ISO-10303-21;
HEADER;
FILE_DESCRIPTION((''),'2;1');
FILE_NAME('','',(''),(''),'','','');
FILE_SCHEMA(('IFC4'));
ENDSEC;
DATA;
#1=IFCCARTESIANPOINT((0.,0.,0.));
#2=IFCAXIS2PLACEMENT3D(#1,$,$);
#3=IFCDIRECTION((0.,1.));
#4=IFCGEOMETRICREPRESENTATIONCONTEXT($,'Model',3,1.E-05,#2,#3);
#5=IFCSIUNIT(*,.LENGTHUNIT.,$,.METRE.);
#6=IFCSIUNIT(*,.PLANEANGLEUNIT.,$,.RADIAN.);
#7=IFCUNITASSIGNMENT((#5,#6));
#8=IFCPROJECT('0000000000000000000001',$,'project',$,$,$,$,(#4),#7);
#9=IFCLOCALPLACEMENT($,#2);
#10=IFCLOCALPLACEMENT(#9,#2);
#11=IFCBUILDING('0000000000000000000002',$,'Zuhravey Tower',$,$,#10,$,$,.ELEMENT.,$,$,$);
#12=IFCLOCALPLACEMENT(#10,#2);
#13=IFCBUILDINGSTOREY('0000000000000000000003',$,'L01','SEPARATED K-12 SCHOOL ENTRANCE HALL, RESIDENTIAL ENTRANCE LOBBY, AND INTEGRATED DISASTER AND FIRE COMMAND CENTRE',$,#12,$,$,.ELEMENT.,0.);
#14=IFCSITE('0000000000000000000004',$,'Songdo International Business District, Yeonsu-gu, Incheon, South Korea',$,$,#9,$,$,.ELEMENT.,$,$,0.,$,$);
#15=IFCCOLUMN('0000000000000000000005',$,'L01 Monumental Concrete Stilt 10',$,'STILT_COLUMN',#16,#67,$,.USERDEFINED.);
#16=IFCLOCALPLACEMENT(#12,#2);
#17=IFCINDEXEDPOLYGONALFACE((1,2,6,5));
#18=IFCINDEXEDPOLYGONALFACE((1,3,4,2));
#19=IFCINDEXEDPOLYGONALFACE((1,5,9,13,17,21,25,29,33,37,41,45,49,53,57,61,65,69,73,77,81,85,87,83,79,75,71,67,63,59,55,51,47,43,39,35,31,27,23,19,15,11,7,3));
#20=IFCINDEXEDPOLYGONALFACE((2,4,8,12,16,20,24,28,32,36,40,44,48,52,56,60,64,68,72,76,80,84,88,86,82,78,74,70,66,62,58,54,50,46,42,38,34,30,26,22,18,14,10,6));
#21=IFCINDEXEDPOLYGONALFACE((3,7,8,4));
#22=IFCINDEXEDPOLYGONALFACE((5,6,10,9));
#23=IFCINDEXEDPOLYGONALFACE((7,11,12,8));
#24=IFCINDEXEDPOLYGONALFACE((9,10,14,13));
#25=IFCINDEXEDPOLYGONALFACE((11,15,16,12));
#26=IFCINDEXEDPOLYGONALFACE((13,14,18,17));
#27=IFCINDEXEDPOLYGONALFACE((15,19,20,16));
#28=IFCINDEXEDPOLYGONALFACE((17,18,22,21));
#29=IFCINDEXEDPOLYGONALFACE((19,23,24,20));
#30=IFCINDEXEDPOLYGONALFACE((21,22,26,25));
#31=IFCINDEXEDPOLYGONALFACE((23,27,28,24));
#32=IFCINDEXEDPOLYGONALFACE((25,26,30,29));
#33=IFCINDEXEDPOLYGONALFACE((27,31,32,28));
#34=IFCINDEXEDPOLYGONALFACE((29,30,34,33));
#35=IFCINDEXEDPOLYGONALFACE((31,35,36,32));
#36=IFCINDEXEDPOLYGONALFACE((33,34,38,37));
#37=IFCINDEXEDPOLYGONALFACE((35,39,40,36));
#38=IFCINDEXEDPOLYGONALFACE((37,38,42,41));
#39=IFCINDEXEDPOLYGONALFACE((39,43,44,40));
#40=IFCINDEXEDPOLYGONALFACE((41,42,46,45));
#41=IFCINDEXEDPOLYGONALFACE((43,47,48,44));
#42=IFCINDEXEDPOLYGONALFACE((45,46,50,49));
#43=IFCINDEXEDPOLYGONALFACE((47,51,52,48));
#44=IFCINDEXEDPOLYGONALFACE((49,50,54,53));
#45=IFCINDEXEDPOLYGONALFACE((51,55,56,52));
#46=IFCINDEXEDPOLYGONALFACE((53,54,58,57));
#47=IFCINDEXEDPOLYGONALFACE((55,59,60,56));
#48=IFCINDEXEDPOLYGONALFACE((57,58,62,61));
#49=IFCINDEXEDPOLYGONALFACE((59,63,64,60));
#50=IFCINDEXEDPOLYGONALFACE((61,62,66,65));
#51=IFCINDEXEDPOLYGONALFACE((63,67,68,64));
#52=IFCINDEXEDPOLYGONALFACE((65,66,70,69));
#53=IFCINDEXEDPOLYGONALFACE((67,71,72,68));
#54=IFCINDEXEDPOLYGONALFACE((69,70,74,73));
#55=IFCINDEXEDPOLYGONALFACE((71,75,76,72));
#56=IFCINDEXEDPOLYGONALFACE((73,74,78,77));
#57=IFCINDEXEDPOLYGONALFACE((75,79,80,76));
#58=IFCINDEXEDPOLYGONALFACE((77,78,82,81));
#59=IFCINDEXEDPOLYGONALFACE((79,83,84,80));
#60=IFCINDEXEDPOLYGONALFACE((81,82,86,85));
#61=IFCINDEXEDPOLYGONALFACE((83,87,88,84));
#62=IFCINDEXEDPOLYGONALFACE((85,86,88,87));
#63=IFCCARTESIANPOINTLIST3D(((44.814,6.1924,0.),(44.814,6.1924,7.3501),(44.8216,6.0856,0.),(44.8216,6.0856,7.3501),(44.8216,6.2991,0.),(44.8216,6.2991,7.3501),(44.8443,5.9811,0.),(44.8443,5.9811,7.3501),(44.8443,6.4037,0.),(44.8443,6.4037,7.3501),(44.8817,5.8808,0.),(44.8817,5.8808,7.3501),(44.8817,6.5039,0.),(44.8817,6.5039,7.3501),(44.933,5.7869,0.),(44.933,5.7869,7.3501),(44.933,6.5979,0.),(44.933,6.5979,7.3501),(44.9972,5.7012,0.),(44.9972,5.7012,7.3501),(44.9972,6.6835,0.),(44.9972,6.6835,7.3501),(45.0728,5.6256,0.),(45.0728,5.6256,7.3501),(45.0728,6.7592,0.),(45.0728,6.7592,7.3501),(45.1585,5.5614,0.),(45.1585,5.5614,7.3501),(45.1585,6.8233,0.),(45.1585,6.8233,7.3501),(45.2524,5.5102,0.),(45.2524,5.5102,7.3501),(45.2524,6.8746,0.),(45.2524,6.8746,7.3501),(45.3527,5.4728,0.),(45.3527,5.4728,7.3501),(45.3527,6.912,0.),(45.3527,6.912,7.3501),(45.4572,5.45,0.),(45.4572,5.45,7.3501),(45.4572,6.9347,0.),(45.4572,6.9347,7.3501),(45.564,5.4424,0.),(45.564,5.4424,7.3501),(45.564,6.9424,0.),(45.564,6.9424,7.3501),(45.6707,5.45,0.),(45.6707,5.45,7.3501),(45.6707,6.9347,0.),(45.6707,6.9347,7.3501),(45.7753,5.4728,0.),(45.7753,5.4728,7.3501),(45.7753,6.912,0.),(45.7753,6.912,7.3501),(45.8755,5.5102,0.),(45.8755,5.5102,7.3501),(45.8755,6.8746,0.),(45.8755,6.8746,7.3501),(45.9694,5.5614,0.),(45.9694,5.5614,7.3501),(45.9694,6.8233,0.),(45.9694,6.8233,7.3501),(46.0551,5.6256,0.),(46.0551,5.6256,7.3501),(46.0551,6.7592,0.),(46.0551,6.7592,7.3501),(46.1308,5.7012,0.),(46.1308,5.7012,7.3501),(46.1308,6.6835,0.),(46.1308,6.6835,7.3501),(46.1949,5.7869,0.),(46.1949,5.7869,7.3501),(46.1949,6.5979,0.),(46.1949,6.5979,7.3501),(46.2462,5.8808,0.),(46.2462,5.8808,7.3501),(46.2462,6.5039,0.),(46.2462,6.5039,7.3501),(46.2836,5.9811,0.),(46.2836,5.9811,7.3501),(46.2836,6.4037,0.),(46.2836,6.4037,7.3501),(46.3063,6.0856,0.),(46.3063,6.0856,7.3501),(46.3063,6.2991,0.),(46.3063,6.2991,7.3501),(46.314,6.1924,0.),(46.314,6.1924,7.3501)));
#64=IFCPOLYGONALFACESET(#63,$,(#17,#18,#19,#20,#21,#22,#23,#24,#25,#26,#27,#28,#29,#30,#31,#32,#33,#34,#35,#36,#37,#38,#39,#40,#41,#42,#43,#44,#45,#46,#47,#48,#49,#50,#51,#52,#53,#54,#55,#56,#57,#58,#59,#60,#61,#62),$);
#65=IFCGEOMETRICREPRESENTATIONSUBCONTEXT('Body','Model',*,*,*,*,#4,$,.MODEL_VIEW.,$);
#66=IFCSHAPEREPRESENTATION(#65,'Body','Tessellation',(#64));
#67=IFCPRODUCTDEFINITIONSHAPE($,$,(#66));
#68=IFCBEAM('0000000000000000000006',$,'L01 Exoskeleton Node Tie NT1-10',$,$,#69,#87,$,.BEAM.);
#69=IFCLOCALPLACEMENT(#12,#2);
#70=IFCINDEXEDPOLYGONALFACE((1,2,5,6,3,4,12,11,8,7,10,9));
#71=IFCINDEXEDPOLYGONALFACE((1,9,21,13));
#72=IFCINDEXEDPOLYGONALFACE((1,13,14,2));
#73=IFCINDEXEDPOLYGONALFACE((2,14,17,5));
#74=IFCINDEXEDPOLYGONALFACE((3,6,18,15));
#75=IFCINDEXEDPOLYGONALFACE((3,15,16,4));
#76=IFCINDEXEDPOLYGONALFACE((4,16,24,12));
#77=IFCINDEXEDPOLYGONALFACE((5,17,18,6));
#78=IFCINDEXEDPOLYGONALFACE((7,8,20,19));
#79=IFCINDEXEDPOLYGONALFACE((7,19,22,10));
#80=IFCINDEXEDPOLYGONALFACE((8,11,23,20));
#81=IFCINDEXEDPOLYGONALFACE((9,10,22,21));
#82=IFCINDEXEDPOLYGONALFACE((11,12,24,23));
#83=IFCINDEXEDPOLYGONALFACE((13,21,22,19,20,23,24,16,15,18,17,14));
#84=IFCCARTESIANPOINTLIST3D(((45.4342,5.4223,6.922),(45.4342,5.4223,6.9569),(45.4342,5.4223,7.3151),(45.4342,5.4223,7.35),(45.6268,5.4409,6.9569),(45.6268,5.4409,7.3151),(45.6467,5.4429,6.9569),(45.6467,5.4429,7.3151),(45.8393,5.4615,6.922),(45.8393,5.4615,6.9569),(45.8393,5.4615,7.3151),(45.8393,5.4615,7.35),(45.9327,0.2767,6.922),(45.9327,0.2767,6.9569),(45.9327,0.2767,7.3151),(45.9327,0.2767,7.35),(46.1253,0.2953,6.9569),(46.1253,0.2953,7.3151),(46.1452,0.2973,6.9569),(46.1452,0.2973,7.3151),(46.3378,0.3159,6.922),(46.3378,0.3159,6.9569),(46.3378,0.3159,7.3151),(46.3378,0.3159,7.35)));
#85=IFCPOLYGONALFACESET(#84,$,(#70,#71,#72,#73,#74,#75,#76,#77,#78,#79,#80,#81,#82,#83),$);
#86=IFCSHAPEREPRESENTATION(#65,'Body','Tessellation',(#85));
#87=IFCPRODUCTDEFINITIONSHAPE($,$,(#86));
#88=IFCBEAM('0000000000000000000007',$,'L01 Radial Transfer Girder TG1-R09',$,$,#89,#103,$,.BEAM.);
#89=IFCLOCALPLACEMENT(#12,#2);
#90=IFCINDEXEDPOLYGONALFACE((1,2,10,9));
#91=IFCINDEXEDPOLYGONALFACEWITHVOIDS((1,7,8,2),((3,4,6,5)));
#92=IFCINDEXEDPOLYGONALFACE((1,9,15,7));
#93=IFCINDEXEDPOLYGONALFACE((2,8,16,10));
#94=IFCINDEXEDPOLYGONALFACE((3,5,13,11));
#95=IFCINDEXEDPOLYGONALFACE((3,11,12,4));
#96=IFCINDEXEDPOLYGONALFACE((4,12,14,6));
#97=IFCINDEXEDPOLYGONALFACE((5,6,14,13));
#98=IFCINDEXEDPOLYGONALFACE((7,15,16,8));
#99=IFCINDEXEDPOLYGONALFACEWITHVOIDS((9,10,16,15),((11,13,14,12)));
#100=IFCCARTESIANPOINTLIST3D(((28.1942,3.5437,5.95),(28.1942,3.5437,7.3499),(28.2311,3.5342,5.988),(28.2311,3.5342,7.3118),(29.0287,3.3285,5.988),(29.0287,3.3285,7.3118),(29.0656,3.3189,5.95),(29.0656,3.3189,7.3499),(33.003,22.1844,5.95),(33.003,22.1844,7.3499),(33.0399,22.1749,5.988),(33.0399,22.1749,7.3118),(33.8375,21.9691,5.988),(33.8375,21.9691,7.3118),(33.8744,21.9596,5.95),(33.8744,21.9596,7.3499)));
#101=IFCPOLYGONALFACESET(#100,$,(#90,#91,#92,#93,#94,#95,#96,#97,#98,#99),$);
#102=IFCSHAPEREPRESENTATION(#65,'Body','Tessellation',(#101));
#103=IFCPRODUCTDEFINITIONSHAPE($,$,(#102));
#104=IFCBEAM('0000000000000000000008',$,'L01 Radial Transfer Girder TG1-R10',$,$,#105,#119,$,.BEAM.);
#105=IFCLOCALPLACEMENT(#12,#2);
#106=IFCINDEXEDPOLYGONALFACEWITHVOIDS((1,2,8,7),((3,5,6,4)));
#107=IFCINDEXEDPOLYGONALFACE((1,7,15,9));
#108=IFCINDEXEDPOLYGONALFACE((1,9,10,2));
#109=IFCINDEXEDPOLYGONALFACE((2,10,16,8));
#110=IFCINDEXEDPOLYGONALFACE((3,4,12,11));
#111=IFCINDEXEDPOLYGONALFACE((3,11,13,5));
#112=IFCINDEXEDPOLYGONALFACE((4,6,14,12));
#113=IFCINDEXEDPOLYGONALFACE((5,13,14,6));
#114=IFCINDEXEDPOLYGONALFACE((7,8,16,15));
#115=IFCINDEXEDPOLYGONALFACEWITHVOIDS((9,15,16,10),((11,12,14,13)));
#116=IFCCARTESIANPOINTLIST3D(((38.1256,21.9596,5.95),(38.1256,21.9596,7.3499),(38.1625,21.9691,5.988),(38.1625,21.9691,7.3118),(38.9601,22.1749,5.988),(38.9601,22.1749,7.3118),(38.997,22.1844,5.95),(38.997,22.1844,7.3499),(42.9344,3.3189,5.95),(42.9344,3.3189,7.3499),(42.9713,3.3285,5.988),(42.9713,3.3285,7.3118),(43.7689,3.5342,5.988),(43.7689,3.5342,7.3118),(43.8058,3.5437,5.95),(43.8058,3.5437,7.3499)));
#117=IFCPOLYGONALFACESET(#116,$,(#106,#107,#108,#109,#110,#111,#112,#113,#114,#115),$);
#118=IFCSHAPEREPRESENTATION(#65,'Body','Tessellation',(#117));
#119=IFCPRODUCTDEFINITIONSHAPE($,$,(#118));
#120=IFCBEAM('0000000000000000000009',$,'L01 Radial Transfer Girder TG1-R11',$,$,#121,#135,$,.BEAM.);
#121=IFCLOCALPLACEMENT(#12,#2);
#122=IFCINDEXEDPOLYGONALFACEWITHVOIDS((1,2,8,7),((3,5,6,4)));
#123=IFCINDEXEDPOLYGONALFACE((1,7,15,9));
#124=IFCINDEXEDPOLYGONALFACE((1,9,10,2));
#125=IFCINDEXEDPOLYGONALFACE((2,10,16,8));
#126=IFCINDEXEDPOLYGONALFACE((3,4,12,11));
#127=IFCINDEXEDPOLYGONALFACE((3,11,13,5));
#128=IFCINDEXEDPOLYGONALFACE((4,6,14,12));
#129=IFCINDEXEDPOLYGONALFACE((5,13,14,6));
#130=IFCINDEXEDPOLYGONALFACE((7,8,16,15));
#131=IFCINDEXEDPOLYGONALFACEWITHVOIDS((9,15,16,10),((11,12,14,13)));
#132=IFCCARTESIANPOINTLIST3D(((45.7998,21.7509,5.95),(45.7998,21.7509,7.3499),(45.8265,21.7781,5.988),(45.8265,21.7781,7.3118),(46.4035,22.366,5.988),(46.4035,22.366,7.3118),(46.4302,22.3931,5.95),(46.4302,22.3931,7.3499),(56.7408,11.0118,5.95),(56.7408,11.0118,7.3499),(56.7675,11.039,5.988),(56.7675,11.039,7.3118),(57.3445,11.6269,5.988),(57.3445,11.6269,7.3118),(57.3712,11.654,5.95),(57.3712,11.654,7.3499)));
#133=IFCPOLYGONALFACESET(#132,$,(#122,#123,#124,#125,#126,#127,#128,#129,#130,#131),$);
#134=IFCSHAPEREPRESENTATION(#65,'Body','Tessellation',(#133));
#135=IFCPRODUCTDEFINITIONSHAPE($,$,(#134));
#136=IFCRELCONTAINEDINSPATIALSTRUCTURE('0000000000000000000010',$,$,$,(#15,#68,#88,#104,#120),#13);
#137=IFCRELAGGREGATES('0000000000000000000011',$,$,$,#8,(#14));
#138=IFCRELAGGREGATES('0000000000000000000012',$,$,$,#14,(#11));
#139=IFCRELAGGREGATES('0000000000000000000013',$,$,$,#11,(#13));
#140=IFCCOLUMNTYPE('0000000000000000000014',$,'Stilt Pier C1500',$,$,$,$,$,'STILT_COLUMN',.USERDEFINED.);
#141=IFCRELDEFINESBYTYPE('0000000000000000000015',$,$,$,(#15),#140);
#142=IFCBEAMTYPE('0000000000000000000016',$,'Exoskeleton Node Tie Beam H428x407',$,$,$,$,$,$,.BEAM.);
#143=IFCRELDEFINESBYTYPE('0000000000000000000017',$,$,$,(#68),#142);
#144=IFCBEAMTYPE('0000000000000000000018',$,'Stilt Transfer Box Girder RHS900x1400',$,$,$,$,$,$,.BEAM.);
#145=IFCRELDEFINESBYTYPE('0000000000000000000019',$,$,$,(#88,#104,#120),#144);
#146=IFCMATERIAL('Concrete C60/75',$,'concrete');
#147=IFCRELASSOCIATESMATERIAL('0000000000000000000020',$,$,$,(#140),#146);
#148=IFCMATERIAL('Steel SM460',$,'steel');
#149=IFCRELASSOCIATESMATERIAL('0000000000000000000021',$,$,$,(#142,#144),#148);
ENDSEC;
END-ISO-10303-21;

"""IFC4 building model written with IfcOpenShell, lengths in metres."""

from ifc_helpers import new_model, si_unit, direction, frame, origin, origin_2d, place, context, subcontext, project, spatial, hollow_rectangle, circle, i_section, extrude, material, material_profile, profile_set, type_object, element, save


model = new_model("IFC4")

# Units and contexts
model_context = context("Model", 3, precision=1e-05, world=origin(), true_north=direction((0.0, 1.0)))
body_context = subcontext(model_context, "Body", "Model", "MODEL_VIEW")
ifc_project = project(units=[si_unit("LENGTHUNIT", "METRE"), si_unit("PLANEANGLEUNIT", "RADIAN")], contexts=[model_context])

# Site, building, storey
site_placement = place(None, origin())
site = spatial("IfcSite", under=ifc_project, at=site_placement, Name="Songdo International Business District, Yeonsu-gu, Incheon, South Korea", CompositionType="ELEMENT", RefElevation=0.0)
building_placement = place(site_placement, origin())
building = spatial("IfcBuilding", under=site, at=building_placement, Name="Zuhravey Tower", CompositionType="ELEMENT")
storey_placement = place(building_placement, origin())
storey = spatial("IfcBuildingStorey", under=building, at=storey_placement, Name="L01", Description="SEPARATED K-12 SCHOOL ENTRANCE HALL, RESIDENTIAL ENTRANCE LOBBY, AND INTEGRATED DISASTER AND FIRE COMMAND CENTRE", CompositionType="ELEMENT", Elevation=0.0)

# Column
ifc_material_1 = material(Name="Concrete C60/75", Category="concrete")
ifc_material_profile_1 = material_profile(ifc_material_1, circle(Radius=0.75, at=origin_2d()), Name="RC-CIRC-1500")
ifc_profile_set_1 = profile_set([ifc_material_profile_1], Name="Concrete C60/75")
column_type = type_object("IfcColumnType", Name="Stilt Pier C1500", ElementType="STILT_COLUMN", PredefinedType="USERDEFINED", material=ifc_profile_set_1)
column_placement = place(storey_placement, frame((45.564, 6.1924, 0.0), z_axis=(0.0, 0.0, 1.0), x_axis=(1.0, 0.0, 0.0)))
element("IfcColumn", 1, at=column_placement, inside=storey, type_object=column_type, Name="L01 Monumental Concrete Stilt 10", ObjectType="STILT_COLUMN", PredefinedType="USERDEFINED", context=body_context, shape_type="SweptSolid", body=[
    extrude(circle(Radius=0.75, at=origin_2d()), origin(), (0.0, 0.0, 1.0), 7.3501),
])

# Beams
ifc_material_2 = material(Name="Steel SM460", Category="steel")
ifc_material_profile_2 = material_profile(ifc_material_2, i_section(OverallWidth=0.407, OverallDepth=0.428, WebThickness=0.02, FlangeThickness=0.0349, at=origin_2d()), Name="H-428x407x20x35")
ifc_profile_set_2 = profile_set([ifc_material_profile_2], Name="Steel SM460")
beam_type_1 = type_object("IfcBeamType", Name="Exoskeleton Node Tie Beam H428x407", PredefinedType="BEAM", material=ifc_profile_set_2)
beam_1_placement = place(storey_placement, frame((45.6367, 5.4419, 7.136), z_axis=(0.096436, -0.995339, 0.0), x_axis=(0.995339, 0.096436, 0.0)))
element("IfcBeam", 2, at=beam_1_placement, inside=storey, type_object=beam_type_1, Name="L01 Exoskeleton Node Tie NT1-10", PredefinedType="BEAM", context=body_context, shape_type="SweptSolid", body=[
    extrude(i_section(OverallWidth=0.407, OverallDepth=0.428, WebThickness=0.02, FlangeThickness=0.0349, at=origin_2d()), origin(), (0.0, 0.0, 1.0), 5.1697),
])
ifc_material_profile_3 = material_profile(ifc_material_2, hollow_rectangle(XDim=0.8999, YDim=1.3999, WallThickness=0.0381, at=origin_2d()), Name="RHS-900x1400x38")
ifc_profile_set_3 = profile_set([ifc_material_profile_3], Name="Steel SM460")
beam_type_2 = type_object("IfcBeamType", Name="Stilt Transfer Box Girder RHS900x1400", PredefinedType="BEAM", material=ifc_profile_set_3)
for number, where, z_axis, x_axis, name in (
    (3, (33.4387, 22.072, 6.6499), (-0.249798, -0.968298, 0.0), (0.968298, -0.249798, 0.0), "L01 Radial Transfer Girder TG1-R09"),
    (4, (38.5613, 22.072, 6.6499), (0.249798, -0.968298, 0.0), (0.968298, 0.249798, 0.0), "L01 Radial Transfer Girder TG1-R10"),
):
    element("IfcBeam", number, at=place(storey_placement, frame(where, z_axis=z_axis, x_axis=x_axis)), inside=storey, type_object=beam_type_2, Name=name, PredefinedType="BEAM", context=body_context, shape_type="SweptSolid", body=[
        extrude(hollow_rectangle(XDim=0.8999, YDim=1.3999, WallThickness=0.0381, at=origin_2d()), origin(), (0.0, 0.0, 1.0), 19.251),
    ])
beam_2_placement = place(storey_placement, frame((46.115, 22.072, 6.6499), z_axis=(0.713661, -0.700491, 0.0), x_axis=(0.700491, 0.713661, 0.0)))
element("IfcBeam", 5, at=beam_2_placement, inside=storey, type_object=beam_type_2, Name="L01 Radial Transfer Girder TG1-R11", PredefinedType="BEAM", context=body_context, shape_type="SweptSolid", body=[
    extrude(hollow_rectangle(XDim=0.8999, YDim=1.3999, WallThickness=0.0381, at=origin_2d()), origin(), (0.0, 0.0, 1.0), 15.3308),
])

save(model, "model.ifc")
